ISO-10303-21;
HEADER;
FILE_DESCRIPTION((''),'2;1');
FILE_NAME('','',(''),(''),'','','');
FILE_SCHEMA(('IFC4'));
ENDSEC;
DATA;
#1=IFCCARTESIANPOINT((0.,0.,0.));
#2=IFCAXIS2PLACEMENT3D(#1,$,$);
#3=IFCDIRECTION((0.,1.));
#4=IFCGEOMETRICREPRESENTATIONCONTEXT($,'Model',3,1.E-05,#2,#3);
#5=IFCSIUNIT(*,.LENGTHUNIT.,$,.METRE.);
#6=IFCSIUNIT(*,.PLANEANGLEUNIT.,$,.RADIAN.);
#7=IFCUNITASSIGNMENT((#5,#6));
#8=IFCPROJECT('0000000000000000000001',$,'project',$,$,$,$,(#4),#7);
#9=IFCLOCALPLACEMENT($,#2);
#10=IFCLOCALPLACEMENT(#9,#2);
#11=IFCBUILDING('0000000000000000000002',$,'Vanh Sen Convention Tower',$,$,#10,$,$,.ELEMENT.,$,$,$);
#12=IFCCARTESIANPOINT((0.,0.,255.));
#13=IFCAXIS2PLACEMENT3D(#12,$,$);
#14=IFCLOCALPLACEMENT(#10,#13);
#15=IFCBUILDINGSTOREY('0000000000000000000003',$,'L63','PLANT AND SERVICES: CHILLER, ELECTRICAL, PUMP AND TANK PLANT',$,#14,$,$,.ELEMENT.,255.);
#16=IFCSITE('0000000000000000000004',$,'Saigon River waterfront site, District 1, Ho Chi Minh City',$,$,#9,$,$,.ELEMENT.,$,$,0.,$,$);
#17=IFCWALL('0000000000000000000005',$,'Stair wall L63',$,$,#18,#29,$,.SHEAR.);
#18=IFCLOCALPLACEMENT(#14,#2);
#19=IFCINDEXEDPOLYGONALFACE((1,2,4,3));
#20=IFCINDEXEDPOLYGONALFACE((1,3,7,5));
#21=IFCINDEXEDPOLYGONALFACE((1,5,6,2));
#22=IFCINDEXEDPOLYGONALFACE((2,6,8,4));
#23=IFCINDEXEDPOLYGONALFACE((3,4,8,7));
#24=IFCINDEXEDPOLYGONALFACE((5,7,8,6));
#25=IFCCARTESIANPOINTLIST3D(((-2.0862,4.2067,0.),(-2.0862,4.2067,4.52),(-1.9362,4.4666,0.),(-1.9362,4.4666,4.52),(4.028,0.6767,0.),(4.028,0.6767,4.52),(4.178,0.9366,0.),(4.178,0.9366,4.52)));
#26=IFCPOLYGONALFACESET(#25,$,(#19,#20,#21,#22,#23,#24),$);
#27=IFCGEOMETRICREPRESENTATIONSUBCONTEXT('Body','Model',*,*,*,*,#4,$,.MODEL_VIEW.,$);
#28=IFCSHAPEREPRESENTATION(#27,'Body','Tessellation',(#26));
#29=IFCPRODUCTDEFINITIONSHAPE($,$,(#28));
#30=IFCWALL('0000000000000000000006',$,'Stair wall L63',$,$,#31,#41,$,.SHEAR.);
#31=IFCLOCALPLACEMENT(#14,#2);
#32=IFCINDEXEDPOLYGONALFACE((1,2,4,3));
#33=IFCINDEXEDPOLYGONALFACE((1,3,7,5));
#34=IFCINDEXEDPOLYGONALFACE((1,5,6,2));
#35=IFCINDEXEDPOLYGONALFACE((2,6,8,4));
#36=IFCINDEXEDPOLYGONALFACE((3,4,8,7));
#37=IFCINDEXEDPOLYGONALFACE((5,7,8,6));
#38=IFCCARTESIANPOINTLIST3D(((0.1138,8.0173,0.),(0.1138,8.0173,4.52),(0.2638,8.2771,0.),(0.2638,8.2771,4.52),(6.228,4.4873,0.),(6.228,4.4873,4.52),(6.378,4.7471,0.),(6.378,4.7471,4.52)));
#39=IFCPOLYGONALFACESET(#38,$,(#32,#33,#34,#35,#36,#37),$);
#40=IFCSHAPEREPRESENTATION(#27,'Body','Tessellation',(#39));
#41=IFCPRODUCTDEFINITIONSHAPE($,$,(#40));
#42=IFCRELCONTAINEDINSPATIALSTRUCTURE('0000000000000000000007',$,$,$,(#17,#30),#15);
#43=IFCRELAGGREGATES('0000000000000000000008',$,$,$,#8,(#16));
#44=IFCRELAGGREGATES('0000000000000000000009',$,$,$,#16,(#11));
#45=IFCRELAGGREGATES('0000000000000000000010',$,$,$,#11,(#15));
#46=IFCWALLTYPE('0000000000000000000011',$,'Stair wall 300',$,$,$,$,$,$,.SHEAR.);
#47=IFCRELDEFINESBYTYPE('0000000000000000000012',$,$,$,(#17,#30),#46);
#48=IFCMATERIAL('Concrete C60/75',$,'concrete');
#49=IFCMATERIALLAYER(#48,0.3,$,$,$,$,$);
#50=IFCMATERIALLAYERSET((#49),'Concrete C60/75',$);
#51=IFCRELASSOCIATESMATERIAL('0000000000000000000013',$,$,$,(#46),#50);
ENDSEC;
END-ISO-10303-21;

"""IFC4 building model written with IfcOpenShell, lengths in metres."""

from ifc_helpers import new_model, si_unit, direction, frame, frame_2d, origin, place, context, subcontext, project, spatial, rectangle, extrude, material, layer, layer_set, type_object, element, save


model = new_model("IFC4")

# Units and contexts
model_context = context("Model", 3, precision=1e-05, world=origin(), true_north=direction((0.0, 1.0)))
body_context = subcontext(model_context, "Body", "Model", "MODEL_VIEW")
ifc_project = project(units=[si_unit("LENGTHUNIT", "METRE"), si_unit("PLANEANGLEUNIT", "RADIAN")], contexts=[model_context])

# Site, building, storey
site_placement = place(None, origin())
site = spatial("IfcSite", under=ifc_project, at=site_placement, Name="Saigon River waterfront site, District 1, Ho Chi Minh City", CompositionType="ELEMENT", RefElevation=0.0)
building_placement = place(site_placement, origin())
building = spatial("IfcBuilding", under=site, at=building_placement, Name="Vanh Sen Convention Tower", CompositionType="ELEMENT")
storey_placement = place(building_placement, frame((0.0, 0.0, 255.0)))
storey = spatial("IfcBuildingStorey", under=building, at=storey_placement, Name="L63", Description="PLANT AND SERVICES: CHILLER, ELECTRICAL, PUMP AND TANK PLANT", CompositionType="ELEMENT", Elevation=255.0)

# Shared definitions
ifc_material_1 = material(Name="Concrete C60/75", Category="concrete")

# Shared definitions
ifc_layer_1 = layer(ifc_material_1, 0.3)
ifc_layer_set_1 = layer_set([ifc_layer_1], Name="Concrete C60/75")
wall_type_1 = type_object("IfcWallType", Name="Stair wall 300", PredefinedType="SHEAR", material=ifc_layer_set_1)

# Walls
for number, where, z_axis, x_axis, name in (
    (1, (4.103, 0.8066, 0.0), (0.0, 0.0, 1.0), (-0.866028, 0.499996, 0.0), "Stair wall L63"),
    (2, (6.303, 4.6172, 0.0), (0.0, 0.0, 1.0), (-0.866028, 0.499996, 0.0), "Stair wall L63"),
):
    element("IfcWall", number, at=place(storey_placement, frame(where, z_axis=z_axis, x_axis=x_axis)), inside=storey, type_object=wall_type_1, Name=name, PredefinedType="SHEAR", context=body_context, shape_type="SweptSolid", body=[
        extrude(rectangle(XDim=7.0601, YDim=0.3, at=frame_2d((3.53, 0.0))), origin(), (0.0, 0.0, 1.0), 4.52),
    ])

save(model, "model.ifc")
